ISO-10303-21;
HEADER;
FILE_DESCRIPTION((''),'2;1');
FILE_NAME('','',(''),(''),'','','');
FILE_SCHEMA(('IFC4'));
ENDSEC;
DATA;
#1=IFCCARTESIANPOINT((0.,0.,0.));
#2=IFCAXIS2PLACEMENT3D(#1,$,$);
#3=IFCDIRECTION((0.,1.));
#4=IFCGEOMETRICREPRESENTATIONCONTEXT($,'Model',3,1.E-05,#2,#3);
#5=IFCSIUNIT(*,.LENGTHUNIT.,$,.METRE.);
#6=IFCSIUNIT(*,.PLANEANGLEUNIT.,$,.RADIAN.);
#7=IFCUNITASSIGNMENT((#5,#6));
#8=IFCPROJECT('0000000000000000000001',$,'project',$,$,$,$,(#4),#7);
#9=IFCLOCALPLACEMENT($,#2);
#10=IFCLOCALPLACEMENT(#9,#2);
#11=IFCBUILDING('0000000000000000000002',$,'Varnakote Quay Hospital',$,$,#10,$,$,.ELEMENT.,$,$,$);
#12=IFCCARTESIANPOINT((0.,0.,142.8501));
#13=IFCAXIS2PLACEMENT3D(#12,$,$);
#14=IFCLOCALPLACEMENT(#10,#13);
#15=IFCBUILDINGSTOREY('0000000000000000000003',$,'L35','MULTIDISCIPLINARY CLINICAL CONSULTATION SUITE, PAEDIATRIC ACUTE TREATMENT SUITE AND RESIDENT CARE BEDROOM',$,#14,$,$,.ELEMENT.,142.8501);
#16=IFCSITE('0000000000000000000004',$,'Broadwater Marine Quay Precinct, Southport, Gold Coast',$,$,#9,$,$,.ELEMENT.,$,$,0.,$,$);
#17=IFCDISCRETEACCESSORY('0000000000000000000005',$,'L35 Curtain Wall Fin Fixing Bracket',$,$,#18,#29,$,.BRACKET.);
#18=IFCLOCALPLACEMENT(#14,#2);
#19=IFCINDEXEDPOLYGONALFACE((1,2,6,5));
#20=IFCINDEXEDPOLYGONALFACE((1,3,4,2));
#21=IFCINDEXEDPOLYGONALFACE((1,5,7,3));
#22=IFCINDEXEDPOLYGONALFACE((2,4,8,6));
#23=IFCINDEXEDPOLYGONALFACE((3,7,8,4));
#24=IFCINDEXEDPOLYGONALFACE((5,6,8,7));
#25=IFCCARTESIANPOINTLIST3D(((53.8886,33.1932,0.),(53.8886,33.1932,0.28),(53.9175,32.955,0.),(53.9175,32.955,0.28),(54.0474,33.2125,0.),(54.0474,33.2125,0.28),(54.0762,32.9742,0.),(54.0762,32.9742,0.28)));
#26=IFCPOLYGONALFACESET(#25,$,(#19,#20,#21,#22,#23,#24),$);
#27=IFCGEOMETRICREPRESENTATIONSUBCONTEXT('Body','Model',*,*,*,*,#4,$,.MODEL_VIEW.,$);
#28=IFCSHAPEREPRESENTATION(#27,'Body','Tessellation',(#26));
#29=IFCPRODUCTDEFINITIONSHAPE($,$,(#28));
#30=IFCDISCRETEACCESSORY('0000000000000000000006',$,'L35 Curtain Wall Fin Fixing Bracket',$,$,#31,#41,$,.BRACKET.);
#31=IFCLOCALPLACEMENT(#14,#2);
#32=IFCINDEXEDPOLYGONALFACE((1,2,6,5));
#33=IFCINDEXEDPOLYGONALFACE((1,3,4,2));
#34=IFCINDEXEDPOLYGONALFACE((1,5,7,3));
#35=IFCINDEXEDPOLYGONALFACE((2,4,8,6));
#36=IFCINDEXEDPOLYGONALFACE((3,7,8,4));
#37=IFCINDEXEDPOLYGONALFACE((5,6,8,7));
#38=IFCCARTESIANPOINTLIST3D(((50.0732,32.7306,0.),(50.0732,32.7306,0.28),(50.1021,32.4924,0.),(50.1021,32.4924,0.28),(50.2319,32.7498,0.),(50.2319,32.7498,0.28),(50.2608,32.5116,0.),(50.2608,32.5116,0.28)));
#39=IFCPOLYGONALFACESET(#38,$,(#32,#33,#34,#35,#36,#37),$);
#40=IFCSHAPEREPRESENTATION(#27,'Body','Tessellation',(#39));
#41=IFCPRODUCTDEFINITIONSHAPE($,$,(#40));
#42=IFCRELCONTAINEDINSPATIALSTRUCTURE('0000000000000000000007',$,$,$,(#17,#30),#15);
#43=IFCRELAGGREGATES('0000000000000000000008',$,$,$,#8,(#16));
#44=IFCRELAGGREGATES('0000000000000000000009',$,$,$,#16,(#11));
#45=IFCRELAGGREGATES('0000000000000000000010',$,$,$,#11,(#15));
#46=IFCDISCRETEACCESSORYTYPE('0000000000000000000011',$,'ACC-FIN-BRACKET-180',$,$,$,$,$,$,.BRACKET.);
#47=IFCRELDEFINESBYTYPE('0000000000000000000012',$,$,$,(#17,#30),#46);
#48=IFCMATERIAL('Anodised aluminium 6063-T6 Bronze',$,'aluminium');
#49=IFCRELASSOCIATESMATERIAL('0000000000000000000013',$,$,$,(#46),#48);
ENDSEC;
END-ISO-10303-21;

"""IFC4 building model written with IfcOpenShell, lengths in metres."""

from ifc_helpers import new_model, si_unit, direction, frame, origin, origin_2d, place, context, subcontext, project, spatial, rectangle, extrude, material, type_object, element, save


model = new_model("IFC4")

# Units and contexts
model_context = context("Model", 3, precision=1e-05, world=origin(), true_north=direction((0.0, 1.0)))
body_context = subcontext(model_context, "Body", "Model", "MODEL_VIEW")
ifc_project = project(units=[si_unit("LENGTHUNIT", "METRE"), si_unit("PLANEANGLEUNIT", "RADIAN")], contexts=[model_context])

# Site, building, storey
site_placement = place(None, origin())
site = spatial("IfcSite", under=ifc_project, at=site_placement, Name="Broadwater Marine Quay Precinct, Southport, Gold Coast", CompositionType="ELEMENT", RefElevation=0.0)
building_placement = place(site_placement, origin())
building = spatial("IfcBuilding", under=site, at=building_placement, Name="Varnakote Quay Hospital", CompositionType="ELEMENT")
storey_placement = place(building_placement, frame((0.0, 0.0, 142.8501)))
storey = spatial("IfcBuildingStorey", under=building, at=storey_placement, Name="L35", Description="MULTIDISCIPLINARY CLINICAL CONSULTATION SUITE, PAEDIATRIC ACUTE TREATMENT SUITE AND RESIDENT CARE BEDROOM", CompositionType="ELEMENT", Elevation=142.8501)

# Discrete accessories
ifc_material_1 = material(Name="Anodised aluminium 6063-T6 Bronze", Category="aluminium")
discrete_accessory_type = type_object("IfcDiscreteAccessoryType", Name="ACC-FIN-BRACKET-180", PredefinedType="BRACKET", material=ifc_material_1)
for number, where, z_axis, x_axis, name in (
    (1, (53.9824, 33.0837, 0.0), (0.0, 0.0, 1.0), (-0.992736, -0.12031, 0.0), "L35 Curtain Wall Fin Fixing Bracket"),
    (2, (50.167, 32.6211, 0.0), (0.0, 0.0, 1.0), (-0.992736, -0.12031, 0.0), "L35 Curtain Wall Fin Fixing Bracket"),
):
    element("IfcDiscreteAccessory", number, at=place(storey_placement, frame(where, z_axis=z_axis, x_axis=x_axis)), inside=storey, type_object=discrete_accessory_type, Name=name, PredefinedType="BRACKET", context=body_context, shape_type="SweptSolid", body=[
        extrude(rectangle(XDim=0.1599, YDim=0.24, at=origin_2d()), origin(), (0.0, 0.0, 1.0), 0.28),
    ])

save(model, "model.ifc")
